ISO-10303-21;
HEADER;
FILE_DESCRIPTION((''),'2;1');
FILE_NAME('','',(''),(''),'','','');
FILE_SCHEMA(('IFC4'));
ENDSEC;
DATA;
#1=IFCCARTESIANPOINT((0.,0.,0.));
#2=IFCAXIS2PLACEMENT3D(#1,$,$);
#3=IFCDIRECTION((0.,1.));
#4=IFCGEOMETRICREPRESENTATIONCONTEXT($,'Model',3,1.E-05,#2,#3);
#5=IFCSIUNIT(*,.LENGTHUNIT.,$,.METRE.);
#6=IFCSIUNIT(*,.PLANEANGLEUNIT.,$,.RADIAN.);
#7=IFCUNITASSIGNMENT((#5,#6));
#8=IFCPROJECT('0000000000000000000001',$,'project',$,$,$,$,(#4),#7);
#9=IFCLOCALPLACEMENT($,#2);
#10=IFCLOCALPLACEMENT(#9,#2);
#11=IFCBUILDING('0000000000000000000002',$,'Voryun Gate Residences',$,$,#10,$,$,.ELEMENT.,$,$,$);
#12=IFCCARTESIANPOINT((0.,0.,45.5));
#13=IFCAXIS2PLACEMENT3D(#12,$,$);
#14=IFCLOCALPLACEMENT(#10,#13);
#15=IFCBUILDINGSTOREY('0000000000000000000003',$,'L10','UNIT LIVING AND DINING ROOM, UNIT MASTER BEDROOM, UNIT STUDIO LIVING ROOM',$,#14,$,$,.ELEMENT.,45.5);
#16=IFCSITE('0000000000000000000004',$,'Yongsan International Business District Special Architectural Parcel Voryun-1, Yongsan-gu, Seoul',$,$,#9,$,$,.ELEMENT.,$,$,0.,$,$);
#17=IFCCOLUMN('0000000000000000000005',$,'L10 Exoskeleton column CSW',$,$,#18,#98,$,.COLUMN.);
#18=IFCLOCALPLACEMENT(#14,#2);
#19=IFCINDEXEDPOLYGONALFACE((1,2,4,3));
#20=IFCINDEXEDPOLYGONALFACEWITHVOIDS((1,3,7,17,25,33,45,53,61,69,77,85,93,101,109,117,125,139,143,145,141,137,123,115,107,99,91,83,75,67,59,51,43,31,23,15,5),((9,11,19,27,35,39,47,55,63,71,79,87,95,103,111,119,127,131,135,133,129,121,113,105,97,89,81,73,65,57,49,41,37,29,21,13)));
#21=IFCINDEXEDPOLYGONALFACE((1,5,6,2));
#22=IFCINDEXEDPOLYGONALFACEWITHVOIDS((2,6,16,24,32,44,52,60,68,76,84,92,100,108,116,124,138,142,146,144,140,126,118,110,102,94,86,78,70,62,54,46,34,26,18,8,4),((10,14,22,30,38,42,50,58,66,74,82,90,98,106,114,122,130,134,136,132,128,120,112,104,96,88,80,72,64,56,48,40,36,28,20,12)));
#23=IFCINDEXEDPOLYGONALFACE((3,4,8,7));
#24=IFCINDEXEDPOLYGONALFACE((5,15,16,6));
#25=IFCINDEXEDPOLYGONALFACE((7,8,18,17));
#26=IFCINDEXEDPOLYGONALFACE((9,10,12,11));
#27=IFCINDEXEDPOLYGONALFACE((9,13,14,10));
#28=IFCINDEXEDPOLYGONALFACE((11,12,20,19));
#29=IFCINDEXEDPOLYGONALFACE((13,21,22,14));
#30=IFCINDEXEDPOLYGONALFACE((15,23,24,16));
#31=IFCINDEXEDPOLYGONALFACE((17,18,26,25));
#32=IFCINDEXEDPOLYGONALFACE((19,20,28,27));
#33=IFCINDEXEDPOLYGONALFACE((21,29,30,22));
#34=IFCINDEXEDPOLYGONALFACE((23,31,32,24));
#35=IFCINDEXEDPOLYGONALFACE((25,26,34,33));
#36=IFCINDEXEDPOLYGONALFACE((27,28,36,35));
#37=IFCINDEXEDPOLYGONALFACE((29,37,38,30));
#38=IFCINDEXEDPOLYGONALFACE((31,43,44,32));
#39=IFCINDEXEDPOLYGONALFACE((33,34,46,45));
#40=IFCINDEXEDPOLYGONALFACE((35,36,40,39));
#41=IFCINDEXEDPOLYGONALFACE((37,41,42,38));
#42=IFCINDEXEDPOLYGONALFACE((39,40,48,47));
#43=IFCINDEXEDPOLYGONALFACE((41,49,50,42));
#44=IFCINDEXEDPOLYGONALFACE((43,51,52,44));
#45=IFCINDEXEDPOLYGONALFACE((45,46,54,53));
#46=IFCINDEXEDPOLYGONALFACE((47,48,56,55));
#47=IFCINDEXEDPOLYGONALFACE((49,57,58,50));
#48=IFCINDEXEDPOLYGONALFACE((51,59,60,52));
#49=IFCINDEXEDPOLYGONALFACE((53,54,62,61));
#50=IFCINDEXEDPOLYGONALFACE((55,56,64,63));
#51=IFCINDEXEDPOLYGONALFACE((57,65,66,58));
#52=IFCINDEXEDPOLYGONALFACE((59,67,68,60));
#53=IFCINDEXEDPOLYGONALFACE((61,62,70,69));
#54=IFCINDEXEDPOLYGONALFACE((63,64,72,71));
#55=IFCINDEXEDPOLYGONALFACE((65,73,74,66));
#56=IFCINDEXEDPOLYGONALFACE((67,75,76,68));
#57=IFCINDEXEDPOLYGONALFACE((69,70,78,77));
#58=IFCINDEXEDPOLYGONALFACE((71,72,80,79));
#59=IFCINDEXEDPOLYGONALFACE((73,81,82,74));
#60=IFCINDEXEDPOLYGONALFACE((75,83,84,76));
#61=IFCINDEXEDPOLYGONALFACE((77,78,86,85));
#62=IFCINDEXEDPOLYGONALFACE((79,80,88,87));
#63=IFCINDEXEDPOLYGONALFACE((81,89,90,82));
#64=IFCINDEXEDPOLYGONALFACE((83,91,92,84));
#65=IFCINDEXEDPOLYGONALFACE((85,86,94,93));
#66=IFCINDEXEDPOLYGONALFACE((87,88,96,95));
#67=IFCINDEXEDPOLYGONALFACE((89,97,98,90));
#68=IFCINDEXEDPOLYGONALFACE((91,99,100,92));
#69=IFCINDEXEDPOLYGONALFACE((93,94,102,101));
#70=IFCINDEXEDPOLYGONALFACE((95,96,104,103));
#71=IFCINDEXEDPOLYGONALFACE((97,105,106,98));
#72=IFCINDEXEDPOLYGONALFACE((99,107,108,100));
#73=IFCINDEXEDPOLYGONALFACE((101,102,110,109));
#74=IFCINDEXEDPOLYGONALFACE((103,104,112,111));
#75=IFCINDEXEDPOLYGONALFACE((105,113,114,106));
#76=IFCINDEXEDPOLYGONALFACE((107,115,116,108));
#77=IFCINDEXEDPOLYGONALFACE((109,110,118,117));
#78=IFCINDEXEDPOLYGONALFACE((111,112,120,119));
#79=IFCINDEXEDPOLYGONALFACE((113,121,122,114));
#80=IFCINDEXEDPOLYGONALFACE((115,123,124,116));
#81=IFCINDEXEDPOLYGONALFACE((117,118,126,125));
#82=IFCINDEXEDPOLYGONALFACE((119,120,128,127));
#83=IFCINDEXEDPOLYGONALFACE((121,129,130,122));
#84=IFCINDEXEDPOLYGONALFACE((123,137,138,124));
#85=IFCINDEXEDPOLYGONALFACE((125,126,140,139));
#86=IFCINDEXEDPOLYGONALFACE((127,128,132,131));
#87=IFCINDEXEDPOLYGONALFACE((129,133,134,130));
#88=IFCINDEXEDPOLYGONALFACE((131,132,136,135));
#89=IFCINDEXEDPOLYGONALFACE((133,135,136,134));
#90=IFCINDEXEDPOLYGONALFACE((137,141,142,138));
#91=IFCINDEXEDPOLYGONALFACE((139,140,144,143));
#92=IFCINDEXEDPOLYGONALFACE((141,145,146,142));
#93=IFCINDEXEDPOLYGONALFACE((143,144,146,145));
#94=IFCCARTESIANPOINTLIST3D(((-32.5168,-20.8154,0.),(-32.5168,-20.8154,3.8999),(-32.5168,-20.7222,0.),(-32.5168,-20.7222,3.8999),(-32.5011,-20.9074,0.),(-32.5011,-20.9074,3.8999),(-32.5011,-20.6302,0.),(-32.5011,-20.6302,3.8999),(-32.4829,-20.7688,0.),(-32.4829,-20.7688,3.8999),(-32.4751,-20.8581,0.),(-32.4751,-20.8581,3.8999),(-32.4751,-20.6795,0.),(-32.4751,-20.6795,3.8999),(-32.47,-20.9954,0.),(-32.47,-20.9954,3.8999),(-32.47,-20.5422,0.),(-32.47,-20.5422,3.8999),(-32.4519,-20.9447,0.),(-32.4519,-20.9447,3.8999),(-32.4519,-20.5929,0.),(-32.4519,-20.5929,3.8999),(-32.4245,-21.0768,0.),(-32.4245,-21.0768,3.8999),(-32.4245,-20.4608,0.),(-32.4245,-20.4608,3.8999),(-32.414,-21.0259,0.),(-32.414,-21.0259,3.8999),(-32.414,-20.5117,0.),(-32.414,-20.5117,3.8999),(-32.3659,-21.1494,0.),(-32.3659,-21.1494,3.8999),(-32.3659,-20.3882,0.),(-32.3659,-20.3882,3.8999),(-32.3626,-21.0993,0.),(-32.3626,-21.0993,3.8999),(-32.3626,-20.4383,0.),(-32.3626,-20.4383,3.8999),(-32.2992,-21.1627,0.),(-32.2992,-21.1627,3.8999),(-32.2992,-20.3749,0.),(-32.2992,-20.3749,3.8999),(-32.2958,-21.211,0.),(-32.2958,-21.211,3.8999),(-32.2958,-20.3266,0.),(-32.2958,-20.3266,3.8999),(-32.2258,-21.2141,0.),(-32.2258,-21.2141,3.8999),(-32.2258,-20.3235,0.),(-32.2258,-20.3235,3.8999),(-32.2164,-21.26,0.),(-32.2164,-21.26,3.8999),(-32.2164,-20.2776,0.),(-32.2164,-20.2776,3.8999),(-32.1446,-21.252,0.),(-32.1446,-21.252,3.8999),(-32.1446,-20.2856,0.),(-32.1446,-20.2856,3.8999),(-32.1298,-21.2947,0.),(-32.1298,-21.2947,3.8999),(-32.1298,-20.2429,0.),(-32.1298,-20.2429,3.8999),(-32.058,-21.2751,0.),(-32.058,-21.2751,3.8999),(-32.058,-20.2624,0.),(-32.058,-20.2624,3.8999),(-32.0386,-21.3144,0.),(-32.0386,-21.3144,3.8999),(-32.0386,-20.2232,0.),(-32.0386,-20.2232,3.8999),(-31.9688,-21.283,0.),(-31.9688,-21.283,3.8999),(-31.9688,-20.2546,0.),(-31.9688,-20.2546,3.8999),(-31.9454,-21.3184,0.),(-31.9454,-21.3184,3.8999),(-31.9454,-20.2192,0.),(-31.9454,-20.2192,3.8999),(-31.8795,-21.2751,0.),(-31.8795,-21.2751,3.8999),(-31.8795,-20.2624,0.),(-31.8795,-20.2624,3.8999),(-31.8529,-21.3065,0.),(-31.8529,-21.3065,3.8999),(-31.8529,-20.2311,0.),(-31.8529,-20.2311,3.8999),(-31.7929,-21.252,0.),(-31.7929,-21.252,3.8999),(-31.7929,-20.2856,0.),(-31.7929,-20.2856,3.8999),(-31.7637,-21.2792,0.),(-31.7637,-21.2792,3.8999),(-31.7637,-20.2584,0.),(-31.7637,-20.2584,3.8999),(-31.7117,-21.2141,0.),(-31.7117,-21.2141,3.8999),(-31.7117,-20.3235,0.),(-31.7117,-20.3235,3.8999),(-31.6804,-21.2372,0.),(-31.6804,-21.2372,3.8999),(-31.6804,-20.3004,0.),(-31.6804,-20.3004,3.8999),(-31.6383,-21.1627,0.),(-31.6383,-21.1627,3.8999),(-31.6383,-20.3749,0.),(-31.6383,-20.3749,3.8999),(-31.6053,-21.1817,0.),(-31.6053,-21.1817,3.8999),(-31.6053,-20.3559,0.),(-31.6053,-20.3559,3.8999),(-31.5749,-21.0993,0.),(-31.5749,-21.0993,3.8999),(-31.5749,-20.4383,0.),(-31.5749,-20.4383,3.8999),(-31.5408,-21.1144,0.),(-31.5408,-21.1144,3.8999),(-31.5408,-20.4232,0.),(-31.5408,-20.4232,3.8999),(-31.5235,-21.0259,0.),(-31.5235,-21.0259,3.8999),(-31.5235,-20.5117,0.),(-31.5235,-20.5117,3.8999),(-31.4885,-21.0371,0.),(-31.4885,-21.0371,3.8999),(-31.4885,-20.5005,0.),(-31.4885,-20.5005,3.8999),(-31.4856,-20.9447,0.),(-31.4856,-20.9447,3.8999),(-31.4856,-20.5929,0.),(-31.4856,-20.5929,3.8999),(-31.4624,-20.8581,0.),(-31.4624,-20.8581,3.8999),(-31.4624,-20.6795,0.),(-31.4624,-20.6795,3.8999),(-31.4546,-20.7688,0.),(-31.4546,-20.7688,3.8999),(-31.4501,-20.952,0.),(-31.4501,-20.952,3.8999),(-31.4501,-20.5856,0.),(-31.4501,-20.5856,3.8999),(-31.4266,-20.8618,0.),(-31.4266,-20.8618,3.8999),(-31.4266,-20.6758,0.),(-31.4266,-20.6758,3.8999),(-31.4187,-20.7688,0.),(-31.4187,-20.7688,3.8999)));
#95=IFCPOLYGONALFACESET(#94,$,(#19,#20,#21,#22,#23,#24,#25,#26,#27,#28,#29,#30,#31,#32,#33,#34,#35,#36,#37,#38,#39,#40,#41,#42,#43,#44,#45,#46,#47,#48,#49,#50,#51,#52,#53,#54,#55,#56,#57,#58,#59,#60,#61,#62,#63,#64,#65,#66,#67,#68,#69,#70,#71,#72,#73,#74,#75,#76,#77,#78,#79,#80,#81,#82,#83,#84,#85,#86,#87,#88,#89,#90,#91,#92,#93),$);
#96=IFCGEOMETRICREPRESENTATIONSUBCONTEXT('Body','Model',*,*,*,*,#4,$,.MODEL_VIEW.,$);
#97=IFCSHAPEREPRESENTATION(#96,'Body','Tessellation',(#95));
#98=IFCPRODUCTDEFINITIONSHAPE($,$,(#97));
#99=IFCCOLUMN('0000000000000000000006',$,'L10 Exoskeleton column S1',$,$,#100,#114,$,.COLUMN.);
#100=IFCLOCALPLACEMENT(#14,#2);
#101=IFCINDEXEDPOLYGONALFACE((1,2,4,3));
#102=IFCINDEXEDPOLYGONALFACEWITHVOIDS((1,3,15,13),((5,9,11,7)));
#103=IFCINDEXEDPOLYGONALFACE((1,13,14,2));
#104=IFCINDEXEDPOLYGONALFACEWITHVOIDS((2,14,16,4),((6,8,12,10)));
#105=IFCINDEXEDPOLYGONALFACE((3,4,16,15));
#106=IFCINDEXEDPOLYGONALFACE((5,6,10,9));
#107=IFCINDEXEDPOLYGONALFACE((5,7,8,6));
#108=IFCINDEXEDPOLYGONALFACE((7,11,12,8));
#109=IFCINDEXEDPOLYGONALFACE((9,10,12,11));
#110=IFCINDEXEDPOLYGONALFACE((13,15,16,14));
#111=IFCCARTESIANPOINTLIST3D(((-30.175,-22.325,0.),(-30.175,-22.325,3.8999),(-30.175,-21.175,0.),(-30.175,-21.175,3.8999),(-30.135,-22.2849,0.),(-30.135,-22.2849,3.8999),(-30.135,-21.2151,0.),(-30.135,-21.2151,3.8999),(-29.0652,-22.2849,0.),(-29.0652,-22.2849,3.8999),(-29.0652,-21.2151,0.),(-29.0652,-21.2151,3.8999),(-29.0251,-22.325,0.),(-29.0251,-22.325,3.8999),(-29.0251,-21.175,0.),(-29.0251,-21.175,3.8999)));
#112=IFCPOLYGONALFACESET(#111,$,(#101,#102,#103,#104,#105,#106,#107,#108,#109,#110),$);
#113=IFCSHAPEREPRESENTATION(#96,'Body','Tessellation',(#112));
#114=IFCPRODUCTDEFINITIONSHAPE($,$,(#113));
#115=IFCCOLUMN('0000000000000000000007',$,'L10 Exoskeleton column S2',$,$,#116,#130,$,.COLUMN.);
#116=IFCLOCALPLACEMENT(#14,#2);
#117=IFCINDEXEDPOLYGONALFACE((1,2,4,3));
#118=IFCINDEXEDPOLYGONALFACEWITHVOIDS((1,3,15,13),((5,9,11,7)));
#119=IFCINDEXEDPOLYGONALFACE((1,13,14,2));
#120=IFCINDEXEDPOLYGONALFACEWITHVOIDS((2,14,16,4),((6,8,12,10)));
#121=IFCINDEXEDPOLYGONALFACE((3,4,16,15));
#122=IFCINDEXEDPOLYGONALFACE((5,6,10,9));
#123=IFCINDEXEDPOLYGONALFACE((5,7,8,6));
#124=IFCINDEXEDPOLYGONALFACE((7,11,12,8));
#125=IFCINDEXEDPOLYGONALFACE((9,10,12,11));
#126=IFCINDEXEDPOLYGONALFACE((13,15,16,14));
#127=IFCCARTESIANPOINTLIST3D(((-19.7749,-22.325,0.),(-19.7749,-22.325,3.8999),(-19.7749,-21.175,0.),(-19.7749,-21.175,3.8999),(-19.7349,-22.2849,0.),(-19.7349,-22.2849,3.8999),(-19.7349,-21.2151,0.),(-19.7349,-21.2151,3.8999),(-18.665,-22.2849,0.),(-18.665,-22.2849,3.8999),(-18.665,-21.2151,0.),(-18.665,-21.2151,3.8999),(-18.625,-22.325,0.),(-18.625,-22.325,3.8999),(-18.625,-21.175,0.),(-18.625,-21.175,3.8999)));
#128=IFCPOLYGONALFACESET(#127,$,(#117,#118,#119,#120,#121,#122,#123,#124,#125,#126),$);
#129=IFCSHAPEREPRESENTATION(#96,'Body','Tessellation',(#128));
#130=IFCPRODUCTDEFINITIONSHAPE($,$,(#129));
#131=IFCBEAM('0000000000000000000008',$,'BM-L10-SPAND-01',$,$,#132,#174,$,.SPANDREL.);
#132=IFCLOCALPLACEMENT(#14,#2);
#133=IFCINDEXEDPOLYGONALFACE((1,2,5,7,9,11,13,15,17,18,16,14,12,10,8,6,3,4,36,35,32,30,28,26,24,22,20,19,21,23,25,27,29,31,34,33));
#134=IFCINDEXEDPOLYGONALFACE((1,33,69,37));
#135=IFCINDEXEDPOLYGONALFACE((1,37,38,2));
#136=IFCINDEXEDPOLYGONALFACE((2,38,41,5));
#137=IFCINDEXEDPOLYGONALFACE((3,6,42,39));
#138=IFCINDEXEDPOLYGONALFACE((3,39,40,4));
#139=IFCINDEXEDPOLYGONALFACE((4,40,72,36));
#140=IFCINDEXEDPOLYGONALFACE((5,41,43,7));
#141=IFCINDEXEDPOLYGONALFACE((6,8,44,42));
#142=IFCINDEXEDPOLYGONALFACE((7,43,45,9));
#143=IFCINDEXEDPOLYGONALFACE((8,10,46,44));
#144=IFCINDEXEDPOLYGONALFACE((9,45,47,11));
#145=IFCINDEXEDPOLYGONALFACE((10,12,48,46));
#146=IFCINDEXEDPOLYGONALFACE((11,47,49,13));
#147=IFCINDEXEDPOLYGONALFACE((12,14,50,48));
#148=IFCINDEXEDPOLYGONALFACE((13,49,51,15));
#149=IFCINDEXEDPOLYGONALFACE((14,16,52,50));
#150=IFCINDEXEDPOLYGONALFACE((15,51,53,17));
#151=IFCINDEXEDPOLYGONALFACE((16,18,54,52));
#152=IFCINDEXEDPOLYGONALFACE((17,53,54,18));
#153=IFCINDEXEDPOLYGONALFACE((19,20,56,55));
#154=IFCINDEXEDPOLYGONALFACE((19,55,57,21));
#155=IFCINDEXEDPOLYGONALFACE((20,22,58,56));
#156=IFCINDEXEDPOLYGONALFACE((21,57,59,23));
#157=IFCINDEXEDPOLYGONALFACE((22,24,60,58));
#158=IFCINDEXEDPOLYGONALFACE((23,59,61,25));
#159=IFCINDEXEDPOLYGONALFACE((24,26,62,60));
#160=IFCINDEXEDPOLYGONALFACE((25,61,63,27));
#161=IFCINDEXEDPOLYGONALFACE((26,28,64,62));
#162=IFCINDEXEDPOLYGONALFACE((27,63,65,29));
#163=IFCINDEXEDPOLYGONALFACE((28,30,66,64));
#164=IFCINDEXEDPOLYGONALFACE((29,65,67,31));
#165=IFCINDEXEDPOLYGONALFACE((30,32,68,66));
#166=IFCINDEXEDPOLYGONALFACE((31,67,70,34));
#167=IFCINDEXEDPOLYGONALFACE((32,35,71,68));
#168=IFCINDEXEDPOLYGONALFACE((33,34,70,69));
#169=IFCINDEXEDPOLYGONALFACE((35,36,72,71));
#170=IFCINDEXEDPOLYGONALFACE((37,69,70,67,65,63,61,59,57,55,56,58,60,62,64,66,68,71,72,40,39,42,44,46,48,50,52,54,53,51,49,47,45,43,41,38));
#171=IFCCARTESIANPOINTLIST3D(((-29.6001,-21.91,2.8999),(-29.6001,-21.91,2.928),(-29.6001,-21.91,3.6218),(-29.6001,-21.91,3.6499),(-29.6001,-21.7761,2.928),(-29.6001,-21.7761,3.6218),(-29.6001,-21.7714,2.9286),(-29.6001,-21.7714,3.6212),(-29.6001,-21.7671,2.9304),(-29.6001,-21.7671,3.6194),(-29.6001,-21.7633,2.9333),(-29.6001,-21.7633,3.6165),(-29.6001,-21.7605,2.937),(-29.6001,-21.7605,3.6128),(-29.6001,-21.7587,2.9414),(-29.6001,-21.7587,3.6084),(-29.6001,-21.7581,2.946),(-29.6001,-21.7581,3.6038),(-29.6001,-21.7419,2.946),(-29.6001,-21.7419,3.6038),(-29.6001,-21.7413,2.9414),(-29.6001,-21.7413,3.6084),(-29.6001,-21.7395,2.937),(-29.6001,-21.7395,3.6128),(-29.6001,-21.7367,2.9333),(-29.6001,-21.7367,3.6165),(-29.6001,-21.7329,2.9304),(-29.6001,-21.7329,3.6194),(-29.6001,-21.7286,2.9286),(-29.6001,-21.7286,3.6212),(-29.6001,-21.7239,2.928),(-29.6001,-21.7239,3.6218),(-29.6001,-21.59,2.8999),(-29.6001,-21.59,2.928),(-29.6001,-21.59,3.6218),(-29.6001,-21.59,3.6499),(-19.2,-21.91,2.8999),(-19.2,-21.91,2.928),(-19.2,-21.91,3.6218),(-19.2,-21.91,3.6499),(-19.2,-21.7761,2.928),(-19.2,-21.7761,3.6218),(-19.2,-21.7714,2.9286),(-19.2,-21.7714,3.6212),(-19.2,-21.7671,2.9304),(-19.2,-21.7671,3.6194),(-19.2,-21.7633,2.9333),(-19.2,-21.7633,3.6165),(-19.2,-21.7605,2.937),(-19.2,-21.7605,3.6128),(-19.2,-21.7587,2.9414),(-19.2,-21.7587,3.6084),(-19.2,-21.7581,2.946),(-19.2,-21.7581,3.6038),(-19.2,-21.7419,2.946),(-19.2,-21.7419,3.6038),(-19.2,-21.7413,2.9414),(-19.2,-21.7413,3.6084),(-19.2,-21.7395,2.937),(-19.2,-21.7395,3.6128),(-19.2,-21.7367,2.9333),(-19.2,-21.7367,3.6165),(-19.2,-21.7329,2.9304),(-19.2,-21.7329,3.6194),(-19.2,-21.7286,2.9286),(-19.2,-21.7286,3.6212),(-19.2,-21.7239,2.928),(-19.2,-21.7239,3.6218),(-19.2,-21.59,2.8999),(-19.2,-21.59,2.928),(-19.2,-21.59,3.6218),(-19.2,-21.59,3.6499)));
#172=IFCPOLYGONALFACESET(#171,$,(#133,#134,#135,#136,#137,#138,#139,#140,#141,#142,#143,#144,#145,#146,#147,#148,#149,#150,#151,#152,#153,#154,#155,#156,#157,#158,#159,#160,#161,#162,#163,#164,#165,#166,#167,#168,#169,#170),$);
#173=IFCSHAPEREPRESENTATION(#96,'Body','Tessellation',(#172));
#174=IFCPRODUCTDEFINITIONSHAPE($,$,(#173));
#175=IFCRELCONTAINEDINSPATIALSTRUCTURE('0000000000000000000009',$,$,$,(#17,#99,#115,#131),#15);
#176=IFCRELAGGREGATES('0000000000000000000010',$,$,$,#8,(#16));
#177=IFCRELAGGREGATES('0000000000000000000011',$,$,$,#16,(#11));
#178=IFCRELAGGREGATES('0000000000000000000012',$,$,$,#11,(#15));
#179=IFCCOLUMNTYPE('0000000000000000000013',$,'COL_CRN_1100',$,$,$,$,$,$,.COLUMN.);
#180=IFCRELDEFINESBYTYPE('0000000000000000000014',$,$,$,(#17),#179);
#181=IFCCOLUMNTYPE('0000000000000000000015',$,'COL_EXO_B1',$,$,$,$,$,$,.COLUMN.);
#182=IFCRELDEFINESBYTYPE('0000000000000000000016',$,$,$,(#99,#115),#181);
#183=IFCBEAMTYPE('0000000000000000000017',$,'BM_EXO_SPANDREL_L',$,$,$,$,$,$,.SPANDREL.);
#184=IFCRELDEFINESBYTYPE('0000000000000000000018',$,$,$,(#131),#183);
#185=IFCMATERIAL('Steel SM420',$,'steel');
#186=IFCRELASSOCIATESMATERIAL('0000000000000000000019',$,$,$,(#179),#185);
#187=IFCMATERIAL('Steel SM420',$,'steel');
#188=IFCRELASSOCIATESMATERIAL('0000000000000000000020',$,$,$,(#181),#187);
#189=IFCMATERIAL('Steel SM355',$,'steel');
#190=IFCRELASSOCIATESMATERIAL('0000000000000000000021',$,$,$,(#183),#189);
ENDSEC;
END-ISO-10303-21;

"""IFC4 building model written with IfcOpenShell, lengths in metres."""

from ifc_helpers import new_model, si_unit, direction, frame, origin, origin_2d, place, context, subcontext, project, spatial, hollow_rectangle, hollow_circle, i_section, extrude, material, material_profile, profile_set, type_object, element, save


model = new_model("IFC4")

# Units and contexts
model_context = context("Model", 3, precision=1e-05, world=origin(), true_north=direction((0.0, 1.0)))
body_context = subcontext(model_context, "Body", "Model", "MODEL_VIEW")
ifc_project = project(units=[si_unit("LENGTHUNIT", "METRE"), si_unit("PLANEANGLEUNIT", "RADIAN")], contexts=[model_context])

# Site, building, storey
site_placement = place(None, origin())
site = spatial("IfcSite", under=ifc_project, at=site_placement, Name="Yongsan International Business District Special Architectural Parcel Voryun-1, Yongsan-gu, Seoul", CompositionType="ELEMENT", RefElevation=0.0)
building_placement = place(site_placement, origin())
building = spatial("IfcBuilding", under=site, at=building_placement, Name="Voryun Gate Residences", CompositionType="ELEMENT")
storey_placement = place(building_placement, frame((0.0, 0.0, 45.5)))
storey = spatial("IfcBuildingStorey", under=building, at=storey_placement, Name="L10", Description="UNIT LIVING AND DINING ROOM, UNIT MASTER BEDROOM, UNIT STUDIO LIVING ROOM", CompositionType="ELEMENT", Elevation=45.5)

# Columns
ifc_material_1 = material(Name="Steel SM420", Category="steel")
ifc_material_profile_1 = material_profile(ifc_material_1, hollow_circle(Radius=0.55, WallThickness=0.0359, at=origin_2d()), Name="CHS-1100x36")
ifc_profile_set_1 = profile_set([ifc_material_profile_1], Name="Steel SM420")
column_type_1 = type_object("IfcColumnType", Name="COL_CRN_1100", PredefinedType="COLUMN", material=ifc_profile_set_1)
column_placement = place(storey_placement, frame((-31.9688, -20.7688, 0.0), z_axis=(0.0, 0.0, 1.0), x_axis=(1.0, 0.0, 0.0)))
element("IfcColumn", 1, at=column_placement, inside=storey, type_object=column_type_1, Name="L10 Exoskeleton column CSW", PredefinedType="COLUMN", context=body_context, shape_type="SweptSolid", body=[
    extrude(hollow_circle(Radius=0.55, WallThickness=0.0359, at=origin_2d()), origin(), (0.0, 0.0, 1.0), 3.8999),
])
ifc_material_2 = material(Name="Steel SM420", Category="steel")
ifc_material_profile_2 = material_profile(ifc_material_2, hollow_rectangle(XDim=1.1499, YDim=1.1499, WallThickness=0.04, at=origin_2d()), Name="BOX-1150x1150x40")
ifc_profile_set_2 = profile_set([ifc_material_profile_2], Name="Steel SM420")
column_type_2 = type_object("IfcColumnType", Name="COL_EXO_B1", PredefinedType="COLUMN", material=ifc_profile_set_2)
for number, where, z_axis, x_axis, name in (
    (2, (-29.6001, -21.75, 0.0), (0.0, 0.0, 1.0), (1.0, 0.0, 0.0), "L10 Exoskeleton column S1"),
    (3, (-19.2, -21.75, 0.0), (0.0, 0.0, 1.0), (1.0, 0.0, 0.0), "L10 Exoskeleton column S2"),
):
    element("IfcColumn", number, at=place(storey_placement, frame(where, z_axis=z_axis, x_axis=x_axis)), inside=storey, type_object=column_type_2, Name=name, PredefinedType="COLUMN", context=body_context, shape_type="SweptSolid", body=[
        extrude(hollow_rectangle(XDim=1.1499, YDim=1.1499, WallThickness=0.04, at=origin_2d()), origin(), (0.0, 0.0, 1.0), 3.8999),
    ])

# Beam
ifc_material_3 = material(Name="Steel SM355", Category="steel")
ifc_material_profile_3 = material_profile(ifc_material_3, i_section(OverallWidth=0.3201, OverallDepth=0.75, WebThickness=0.0161, FlangeThickness=0.0281, FilletRadius=0.0181, at=origin_2d()), Name="H-750x320x16x28")
ifc_profile_set_3 = profile_set([ifc_material_profile_3], Name="Steel SM355")
beam_type = type_object("IfcBeamType", Name="BM_EXO_SPANDREL_L", PredefinedType="SPANDREL", material=ifc_profile_set_3)
beam_1_placement = place(storey_placement, frame((-29.6001, -21.75, 3.2749), z_axis=(1.0, 0.0, 0.0), x_axis=(0.0, 1.0, 0.0)))
element("IfcBeam", 4, at=beam_1_placement, inside=storey, type_object=beam_type, Name="BM-L10-SPAND-01", PredefinedType="SPANDREL", context=body_context, shape_type="SweptSolid", body=[
    extrude(i_section(OverallWidth=0.3201, OverallDepth=0.75, WebThickness=0.0161, FlangeThickness=0.0281, FilletRadius=0.0181, at=origin_2d()), origin(), (0.0, 0.0, 1.0), 10.4001),
])

save(model, "model.ifc")
